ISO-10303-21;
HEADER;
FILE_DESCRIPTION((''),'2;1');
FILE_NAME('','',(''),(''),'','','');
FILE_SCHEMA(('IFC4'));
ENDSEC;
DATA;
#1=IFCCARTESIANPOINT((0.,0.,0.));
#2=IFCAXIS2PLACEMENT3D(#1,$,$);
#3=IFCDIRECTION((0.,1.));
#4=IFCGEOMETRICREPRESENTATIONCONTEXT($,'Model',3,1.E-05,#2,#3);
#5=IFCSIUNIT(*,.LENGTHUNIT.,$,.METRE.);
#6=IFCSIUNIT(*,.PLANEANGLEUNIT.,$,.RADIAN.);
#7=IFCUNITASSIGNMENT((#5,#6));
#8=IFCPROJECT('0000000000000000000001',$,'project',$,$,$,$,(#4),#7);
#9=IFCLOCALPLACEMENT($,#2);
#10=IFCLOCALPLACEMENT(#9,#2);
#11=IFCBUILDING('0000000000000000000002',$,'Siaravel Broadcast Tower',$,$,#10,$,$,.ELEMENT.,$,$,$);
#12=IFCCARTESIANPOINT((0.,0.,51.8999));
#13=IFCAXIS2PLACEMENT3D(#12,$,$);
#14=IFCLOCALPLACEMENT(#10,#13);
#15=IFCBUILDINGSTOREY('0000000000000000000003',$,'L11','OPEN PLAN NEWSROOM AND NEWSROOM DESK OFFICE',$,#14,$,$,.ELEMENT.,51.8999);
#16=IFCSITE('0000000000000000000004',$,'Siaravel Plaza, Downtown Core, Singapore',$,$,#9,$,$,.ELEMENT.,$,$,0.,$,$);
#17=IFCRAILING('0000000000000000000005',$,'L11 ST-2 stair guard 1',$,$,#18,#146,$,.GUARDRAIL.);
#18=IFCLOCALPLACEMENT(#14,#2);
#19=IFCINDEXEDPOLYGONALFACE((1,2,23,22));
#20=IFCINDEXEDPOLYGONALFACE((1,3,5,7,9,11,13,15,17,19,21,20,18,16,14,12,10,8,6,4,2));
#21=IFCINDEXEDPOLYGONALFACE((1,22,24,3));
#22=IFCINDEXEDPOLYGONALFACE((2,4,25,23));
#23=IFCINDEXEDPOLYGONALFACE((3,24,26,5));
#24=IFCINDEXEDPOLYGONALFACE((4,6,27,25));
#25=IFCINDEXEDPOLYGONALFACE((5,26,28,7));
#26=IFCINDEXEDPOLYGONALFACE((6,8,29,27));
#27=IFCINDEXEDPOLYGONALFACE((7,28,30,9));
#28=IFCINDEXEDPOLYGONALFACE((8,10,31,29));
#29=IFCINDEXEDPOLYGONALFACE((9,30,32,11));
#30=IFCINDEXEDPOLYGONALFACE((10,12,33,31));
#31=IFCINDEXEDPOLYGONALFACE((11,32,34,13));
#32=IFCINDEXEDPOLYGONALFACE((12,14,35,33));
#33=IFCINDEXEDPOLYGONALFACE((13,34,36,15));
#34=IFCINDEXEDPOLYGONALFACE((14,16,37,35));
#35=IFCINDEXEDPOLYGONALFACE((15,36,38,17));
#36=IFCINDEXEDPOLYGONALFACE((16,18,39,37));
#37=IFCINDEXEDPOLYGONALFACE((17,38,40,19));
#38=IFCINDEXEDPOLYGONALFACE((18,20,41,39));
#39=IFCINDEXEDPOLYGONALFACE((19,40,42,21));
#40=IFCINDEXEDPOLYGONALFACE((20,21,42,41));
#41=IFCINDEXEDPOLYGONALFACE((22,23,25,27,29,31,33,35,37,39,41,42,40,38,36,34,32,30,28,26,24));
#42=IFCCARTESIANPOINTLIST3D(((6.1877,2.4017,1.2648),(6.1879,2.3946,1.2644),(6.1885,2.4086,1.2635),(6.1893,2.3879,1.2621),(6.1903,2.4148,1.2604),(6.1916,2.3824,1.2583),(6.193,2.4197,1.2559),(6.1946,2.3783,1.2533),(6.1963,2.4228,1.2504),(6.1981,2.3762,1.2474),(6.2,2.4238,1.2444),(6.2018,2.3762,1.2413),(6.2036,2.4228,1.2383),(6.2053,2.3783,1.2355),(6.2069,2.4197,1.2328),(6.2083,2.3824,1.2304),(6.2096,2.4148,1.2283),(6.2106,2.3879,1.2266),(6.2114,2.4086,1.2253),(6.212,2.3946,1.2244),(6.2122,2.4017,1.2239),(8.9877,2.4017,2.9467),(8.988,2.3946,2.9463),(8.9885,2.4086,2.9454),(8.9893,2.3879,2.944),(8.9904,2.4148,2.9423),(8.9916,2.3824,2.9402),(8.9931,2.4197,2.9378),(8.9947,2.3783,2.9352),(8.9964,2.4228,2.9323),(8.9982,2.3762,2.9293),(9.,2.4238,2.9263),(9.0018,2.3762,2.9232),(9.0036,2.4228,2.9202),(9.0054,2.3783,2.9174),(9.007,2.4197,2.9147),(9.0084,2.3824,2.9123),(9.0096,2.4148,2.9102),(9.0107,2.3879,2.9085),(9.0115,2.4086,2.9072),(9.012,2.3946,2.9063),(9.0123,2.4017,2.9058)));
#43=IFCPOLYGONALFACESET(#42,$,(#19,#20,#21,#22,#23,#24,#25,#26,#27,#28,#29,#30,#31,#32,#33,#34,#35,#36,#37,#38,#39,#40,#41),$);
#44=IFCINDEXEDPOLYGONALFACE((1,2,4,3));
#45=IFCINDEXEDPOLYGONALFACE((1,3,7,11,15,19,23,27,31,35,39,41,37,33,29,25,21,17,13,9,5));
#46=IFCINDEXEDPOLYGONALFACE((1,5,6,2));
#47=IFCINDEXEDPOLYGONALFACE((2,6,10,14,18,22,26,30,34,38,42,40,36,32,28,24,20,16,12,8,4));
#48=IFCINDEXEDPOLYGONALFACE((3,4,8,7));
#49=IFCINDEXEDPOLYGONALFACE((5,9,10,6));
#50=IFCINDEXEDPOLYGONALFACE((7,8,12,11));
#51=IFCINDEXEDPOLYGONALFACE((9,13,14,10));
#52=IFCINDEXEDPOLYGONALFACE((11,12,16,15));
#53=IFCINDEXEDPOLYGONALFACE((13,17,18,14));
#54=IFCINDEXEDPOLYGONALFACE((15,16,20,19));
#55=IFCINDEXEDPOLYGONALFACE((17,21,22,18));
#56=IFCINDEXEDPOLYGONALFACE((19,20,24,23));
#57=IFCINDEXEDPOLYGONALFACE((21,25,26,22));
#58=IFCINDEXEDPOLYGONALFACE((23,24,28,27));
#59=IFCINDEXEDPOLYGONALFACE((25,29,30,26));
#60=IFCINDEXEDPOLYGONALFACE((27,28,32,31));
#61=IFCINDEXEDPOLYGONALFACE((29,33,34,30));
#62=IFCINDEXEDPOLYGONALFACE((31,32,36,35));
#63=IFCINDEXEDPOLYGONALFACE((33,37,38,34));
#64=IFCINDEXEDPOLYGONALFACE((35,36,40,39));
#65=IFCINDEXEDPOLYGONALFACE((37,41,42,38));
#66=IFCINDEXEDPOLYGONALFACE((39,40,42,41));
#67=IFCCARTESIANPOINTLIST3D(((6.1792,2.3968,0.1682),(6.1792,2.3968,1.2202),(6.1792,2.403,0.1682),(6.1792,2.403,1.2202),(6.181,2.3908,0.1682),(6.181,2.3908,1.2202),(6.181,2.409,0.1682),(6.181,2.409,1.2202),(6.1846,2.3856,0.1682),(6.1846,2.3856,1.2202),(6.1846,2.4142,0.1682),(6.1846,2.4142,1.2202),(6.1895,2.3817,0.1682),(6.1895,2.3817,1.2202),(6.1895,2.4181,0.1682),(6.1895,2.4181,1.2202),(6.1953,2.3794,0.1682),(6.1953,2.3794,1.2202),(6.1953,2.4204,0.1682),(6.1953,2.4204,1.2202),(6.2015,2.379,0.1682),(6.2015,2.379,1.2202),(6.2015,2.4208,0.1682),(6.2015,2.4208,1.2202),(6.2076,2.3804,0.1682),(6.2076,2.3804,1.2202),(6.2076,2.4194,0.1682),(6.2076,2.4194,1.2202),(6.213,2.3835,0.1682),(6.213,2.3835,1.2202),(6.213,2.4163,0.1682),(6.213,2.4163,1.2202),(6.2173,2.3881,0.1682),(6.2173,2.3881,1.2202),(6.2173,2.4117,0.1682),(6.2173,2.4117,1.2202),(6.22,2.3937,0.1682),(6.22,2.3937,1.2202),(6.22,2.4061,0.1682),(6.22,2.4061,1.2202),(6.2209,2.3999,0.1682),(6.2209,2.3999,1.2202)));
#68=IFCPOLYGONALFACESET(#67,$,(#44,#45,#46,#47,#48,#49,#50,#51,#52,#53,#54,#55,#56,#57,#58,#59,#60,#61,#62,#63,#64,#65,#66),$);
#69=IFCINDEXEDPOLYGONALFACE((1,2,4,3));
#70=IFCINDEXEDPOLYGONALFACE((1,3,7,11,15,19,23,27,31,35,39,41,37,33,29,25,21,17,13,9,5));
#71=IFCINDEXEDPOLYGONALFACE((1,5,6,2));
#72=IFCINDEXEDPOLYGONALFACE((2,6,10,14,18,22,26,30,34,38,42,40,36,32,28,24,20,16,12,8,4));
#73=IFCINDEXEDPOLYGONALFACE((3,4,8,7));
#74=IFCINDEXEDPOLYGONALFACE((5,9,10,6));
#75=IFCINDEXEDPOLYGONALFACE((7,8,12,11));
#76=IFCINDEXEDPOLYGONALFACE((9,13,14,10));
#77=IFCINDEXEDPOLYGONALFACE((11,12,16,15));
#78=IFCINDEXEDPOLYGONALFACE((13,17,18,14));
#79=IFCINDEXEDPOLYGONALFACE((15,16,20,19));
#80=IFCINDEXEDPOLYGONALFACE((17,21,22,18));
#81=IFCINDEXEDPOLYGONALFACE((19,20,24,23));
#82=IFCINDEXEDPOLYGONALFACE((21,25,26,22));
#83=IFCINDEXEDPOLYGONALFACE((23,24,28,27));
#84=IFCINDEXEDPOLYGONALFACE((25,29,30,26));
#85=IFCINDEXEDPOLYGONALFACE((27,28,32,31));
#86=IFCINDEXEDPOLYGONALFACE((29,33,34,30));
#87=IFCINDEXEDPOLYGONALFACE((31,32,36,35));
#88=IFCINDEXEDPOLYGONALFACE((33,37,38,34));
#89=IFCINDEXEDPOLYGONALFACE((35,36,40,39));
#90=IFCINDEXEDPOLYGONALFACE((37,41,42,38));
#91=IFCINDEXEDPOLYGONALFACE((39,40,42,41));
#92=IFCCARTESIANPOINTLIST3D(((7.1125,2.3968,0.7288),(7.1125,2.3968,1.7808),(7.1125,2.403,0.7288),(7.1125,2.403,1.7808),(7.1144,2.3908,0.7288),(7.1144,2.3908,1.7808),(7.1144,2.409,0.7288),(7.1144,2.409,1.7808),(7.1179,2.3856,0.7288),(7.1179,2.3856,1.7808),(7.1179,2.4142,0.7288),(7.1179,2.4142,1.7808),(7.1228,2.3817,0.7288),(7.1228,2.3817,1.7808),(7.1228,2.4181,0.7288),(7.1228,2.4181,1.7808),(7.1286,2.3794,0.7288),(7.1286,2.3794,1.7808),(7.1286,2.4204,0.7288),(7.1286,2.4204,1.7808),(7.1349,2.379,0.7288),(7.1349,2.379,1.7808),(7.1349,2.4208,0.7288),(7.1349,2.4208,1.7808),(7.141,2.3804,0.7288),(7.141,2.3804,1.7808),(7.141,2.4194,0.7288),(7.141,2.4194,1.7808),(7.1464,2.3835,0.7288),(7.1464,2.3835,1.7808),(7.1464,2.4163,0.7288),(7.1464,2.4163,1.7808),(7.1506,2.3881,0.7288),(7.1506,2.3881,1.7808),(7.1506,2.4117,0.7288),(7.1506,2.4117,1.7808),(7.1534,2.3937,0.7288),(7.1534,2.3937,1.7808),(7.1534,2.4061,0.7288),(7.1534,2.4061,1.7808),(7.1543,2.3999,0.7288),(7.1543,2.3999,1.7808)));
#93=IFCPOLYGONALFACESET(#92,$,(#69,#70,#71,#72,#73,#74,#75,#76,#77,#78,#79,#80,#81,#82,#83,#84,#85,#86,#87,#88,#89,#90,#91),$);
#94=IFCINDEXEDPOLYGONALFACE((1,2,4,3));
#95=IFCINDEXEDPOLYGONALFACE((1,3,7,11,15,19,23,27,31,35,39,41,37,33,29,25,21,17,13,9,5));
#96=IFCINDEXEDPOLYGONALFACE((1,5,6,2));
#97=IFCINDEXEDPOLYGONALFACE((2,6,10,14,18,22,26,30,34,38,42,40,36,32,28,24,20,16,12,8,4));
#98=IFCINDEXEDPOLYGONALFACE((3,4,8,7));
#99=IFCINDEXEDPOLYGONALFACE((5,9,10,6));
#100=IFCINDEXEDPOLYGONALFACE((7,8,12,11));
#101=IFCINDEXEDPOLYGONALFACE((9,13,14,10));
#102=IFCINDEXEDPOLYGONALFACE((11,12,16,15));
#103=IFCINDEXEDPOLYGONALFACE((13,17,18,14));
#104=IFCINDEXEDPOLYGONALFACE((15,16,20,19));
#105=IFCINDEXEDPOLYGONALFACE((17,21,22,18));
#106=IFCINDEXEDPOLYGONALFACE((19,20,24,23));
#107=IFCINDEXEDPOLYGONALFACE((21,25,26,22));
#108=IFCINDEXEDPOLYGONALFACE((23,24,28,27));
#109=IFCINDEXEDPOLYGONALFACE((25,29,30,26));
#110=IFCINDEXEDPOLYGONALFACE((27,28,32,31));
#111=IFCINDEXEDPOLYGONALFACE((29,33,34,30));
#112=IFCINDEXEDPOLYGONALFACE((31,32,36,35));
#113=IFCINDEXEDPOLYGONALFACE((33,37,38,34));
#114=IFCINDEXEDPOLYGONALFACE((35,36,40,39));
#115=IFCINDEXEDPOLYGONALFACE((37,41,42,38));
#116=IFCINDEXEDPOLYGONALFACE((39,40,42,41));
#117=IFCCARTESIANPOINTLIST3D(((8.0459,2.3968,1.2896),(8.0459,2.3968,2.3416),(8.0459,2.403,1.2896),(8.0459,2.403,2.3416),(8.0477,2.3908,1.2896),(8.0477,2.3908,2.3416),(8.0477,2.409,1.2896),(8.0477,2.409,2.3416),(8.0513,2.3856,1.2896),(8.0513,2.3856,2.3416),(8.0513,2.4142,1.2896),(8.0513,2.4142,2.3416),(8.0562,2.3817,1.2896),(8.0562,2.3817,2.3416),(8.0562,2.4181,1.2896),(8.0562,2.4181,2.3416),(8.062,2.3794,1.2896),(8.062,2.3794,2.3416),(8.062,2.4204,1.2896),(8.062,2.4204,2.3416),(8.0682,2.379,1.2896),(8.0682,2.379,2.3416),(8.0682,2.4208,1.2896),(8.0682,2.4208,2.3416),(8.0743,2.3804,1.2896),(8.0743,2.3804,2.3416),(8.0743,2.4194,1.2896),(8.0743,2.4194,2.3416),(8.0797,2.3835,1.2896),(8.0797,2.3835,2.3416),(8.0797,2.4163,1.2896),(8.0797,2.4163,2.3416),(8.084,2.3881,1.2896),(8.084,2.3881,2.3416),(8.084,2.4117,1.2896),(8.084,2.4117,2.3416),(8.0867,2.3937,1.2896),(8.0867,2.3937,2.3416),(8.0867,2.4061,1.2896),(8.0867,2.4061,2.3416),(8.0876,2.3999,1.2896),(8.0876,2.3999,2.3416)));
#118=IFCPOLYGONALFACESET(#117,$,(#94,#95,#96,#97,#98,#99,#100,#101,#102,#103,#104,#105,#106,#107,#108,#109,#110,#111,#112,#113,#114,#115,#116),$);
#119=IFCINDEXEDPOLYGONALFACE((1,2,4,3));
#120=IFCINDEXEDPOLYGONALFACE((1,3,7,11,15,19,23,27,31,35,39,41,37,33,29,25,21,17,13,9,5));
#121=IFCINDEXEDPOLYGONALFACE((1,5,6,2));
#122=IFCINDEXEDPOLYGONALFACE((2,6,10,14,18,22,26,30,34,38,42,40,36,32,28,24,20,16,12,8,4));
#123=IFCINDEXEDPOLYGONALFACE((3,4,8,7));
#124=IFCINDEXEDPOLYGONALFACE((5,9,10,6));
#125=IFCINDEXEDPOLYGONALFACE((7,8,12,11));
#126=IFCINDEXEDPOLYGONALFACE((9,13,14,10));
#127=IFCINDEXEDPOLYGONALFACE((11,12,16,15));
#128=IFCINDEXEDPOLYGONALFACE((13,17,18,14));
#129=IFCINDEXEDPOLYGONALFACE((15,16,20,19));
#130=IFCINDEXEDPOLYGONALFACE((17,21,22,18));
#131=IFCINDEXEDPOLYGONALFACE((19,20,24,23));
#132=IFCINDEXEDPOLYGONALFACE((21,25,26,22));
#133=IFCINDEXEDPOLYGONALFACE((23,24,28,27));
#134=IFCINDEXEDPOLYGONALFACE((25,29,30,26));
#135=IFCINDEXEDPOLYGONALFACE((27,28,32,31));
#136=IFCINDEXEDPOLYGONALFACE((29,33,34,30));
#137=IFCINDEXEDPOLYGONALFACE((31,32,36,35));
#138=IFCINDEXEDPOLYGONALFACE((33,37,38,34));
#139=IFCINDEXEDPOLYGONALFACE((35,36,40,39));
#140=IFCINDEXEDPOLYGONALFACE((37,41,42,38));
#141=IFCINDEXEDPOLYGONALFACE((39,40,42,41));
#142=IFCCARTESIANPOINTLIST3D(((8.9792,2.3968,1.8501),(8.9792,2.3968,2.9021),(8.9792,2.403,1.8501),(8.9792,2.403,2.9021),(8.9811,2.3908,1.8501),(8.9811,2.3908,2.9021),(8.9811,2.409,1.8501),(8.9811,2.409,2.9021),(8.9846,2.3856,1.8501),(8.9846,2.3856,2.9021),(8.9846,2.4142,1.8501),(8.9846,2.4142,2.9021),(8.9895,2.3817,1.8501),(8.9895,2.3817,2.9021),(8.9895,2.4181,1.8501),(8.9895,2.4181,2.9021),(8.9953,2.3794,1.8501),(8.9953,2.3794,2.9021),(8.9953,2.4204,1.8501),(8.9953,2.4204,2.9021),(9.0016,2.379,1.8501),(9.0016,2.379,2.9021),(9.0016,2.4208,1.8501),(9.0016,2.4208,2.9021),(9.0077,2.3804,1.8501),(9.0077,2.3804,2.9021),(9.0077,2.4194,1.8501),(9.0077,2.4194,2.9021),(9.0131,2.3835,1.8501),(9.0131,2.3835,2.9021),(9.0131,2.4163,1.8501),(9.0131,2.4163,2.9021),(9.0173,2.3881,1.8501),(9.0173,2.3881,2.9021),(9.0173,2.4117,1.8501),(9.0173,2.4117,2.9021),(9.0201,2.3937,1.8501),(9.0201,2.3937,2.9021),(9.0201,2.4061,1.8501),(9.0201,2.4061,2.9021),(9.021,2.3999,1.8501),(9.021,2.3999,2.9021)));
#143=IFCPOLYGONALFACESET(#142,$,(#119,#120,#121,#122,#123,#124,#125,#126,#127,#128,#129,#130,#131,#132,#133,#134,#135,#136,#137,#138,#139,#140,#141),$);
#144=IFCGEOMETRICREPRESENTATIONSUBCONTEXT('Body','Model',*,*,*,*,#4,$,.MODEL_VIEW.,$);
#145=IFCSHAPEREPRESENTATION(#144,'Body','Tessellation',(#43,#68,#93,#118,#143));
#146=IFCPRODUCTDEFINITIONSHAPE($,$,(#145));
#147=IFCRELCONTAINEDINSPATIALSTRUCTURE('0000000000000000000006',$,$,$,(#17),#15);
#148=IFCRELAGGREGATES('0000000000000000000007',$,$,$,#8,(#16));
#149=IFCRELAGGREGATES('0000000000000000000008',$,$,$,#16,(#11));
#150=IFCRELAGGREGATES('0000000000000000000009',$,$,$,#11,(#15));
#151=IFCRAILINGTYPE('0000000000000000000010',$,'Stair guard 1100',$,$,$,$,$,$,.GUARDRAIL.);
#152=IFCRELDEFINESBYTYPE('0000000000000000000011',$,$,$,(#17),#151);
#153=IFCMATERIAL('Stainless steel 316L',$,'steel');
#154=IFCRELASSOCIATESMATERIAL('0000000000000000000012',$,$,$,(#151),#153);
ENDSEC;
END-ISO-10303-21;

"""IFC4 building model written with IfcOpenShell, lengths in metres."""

from ifc_helpers import new_model, si_unit, direction, frame, origin, origin_2d, place, context, subcontext, project, spatial, circle, extrude, material, type_object, element, save


model = new_model("IFC4")

# Units and contexts
model_context = context("Model", 3, precision=1e-05, world=origin(), true_north=direction((0.0, 1.0)))
body_context = subcontext(model_context, "Body", "Model", "MODEL_VIEW")
ifc_project = project(units=[si_unit("LENGTHUNIT", "METRE"), si_unit("PLANEANGLEUNIT", "RADIAN")], contexts=[model_context])

# Site, building, storey
site_placement = place(None, origin())
site = spatial("IfcSite", under=ifc_project, at=site_placement, Name="Siaravel Plaza, Downtown Core, Singapore", CompositionType="ELEMENT", RefElevation=0.0)
building_placement = place(site_placement, origin())
building = spatial("IfcBuilding", under=site, at=building_placement, Name="Siaravel Broadcast Tower", CompositionType="ELEMENT")
storey_placement = place(building_placement, frame((0.0, 0.0, 51.8999)))
storey = spatial("IfcBuildingStorey", under=building, at=storey_placement, Name="L11", Description="OPEN PLAN NEWSROOM AND NEWSROOM DESK OFFICE", CompositionType="ELEMENT", Elevation=51.8999)

# Railing
ifc_material_1 = material(Name="Stainless steel 316L", Category="steel")
railing_type_1 = type_object("IfcRailingType", Name="Stair guard 1100", PredefinedType="GUARDRAIL", material=ifc_material_1)
railing_1_placement = place(storey_placement, frame((6.2, 2.3999, 0.1682)))
element("IfcRailing", 1, at=railing_1_placement, inside=storey, type_object=railing_type_1, Name="L11 ST-2 stair guard 1", PredefinedType="GUARDRAIL", context=body_context, shape_type="SweptSolid", body=[
    extrude(circle(Radius=0.0239, at=origin_2d()), frame((0.0, 0.0, 1.0762), z_axis=(0.857242, 0.0, 0.514913), x_axis=(0.0, 1.0, 0.0)), (0.0, 0.0, 1.0), 3.2664),
    extrude(circle(Radius=0.021, at=origin_2d()), origin(), (0.0, 0.0, 1.0), 1.052),
    extrude(circle(Radius=0.021, at=origin_2d()), frame((0.9333, 0.0, 0.5605)), (0.0, 0.0, 1.0), 1.052),
    extrude(circle(Radius=0.021, at=origin_2d()), frame((1.8667, 0.0, 1.1213)), (0.0, 0.0, 1.0), 1.052),
    extrude(circle(Radius=0.021, at=origin_2d()), frame((2.8, 0.0, 1.6819)), (0.0, 0.0, 1.0), 1.052),
])

save(model, "model.ifc")
